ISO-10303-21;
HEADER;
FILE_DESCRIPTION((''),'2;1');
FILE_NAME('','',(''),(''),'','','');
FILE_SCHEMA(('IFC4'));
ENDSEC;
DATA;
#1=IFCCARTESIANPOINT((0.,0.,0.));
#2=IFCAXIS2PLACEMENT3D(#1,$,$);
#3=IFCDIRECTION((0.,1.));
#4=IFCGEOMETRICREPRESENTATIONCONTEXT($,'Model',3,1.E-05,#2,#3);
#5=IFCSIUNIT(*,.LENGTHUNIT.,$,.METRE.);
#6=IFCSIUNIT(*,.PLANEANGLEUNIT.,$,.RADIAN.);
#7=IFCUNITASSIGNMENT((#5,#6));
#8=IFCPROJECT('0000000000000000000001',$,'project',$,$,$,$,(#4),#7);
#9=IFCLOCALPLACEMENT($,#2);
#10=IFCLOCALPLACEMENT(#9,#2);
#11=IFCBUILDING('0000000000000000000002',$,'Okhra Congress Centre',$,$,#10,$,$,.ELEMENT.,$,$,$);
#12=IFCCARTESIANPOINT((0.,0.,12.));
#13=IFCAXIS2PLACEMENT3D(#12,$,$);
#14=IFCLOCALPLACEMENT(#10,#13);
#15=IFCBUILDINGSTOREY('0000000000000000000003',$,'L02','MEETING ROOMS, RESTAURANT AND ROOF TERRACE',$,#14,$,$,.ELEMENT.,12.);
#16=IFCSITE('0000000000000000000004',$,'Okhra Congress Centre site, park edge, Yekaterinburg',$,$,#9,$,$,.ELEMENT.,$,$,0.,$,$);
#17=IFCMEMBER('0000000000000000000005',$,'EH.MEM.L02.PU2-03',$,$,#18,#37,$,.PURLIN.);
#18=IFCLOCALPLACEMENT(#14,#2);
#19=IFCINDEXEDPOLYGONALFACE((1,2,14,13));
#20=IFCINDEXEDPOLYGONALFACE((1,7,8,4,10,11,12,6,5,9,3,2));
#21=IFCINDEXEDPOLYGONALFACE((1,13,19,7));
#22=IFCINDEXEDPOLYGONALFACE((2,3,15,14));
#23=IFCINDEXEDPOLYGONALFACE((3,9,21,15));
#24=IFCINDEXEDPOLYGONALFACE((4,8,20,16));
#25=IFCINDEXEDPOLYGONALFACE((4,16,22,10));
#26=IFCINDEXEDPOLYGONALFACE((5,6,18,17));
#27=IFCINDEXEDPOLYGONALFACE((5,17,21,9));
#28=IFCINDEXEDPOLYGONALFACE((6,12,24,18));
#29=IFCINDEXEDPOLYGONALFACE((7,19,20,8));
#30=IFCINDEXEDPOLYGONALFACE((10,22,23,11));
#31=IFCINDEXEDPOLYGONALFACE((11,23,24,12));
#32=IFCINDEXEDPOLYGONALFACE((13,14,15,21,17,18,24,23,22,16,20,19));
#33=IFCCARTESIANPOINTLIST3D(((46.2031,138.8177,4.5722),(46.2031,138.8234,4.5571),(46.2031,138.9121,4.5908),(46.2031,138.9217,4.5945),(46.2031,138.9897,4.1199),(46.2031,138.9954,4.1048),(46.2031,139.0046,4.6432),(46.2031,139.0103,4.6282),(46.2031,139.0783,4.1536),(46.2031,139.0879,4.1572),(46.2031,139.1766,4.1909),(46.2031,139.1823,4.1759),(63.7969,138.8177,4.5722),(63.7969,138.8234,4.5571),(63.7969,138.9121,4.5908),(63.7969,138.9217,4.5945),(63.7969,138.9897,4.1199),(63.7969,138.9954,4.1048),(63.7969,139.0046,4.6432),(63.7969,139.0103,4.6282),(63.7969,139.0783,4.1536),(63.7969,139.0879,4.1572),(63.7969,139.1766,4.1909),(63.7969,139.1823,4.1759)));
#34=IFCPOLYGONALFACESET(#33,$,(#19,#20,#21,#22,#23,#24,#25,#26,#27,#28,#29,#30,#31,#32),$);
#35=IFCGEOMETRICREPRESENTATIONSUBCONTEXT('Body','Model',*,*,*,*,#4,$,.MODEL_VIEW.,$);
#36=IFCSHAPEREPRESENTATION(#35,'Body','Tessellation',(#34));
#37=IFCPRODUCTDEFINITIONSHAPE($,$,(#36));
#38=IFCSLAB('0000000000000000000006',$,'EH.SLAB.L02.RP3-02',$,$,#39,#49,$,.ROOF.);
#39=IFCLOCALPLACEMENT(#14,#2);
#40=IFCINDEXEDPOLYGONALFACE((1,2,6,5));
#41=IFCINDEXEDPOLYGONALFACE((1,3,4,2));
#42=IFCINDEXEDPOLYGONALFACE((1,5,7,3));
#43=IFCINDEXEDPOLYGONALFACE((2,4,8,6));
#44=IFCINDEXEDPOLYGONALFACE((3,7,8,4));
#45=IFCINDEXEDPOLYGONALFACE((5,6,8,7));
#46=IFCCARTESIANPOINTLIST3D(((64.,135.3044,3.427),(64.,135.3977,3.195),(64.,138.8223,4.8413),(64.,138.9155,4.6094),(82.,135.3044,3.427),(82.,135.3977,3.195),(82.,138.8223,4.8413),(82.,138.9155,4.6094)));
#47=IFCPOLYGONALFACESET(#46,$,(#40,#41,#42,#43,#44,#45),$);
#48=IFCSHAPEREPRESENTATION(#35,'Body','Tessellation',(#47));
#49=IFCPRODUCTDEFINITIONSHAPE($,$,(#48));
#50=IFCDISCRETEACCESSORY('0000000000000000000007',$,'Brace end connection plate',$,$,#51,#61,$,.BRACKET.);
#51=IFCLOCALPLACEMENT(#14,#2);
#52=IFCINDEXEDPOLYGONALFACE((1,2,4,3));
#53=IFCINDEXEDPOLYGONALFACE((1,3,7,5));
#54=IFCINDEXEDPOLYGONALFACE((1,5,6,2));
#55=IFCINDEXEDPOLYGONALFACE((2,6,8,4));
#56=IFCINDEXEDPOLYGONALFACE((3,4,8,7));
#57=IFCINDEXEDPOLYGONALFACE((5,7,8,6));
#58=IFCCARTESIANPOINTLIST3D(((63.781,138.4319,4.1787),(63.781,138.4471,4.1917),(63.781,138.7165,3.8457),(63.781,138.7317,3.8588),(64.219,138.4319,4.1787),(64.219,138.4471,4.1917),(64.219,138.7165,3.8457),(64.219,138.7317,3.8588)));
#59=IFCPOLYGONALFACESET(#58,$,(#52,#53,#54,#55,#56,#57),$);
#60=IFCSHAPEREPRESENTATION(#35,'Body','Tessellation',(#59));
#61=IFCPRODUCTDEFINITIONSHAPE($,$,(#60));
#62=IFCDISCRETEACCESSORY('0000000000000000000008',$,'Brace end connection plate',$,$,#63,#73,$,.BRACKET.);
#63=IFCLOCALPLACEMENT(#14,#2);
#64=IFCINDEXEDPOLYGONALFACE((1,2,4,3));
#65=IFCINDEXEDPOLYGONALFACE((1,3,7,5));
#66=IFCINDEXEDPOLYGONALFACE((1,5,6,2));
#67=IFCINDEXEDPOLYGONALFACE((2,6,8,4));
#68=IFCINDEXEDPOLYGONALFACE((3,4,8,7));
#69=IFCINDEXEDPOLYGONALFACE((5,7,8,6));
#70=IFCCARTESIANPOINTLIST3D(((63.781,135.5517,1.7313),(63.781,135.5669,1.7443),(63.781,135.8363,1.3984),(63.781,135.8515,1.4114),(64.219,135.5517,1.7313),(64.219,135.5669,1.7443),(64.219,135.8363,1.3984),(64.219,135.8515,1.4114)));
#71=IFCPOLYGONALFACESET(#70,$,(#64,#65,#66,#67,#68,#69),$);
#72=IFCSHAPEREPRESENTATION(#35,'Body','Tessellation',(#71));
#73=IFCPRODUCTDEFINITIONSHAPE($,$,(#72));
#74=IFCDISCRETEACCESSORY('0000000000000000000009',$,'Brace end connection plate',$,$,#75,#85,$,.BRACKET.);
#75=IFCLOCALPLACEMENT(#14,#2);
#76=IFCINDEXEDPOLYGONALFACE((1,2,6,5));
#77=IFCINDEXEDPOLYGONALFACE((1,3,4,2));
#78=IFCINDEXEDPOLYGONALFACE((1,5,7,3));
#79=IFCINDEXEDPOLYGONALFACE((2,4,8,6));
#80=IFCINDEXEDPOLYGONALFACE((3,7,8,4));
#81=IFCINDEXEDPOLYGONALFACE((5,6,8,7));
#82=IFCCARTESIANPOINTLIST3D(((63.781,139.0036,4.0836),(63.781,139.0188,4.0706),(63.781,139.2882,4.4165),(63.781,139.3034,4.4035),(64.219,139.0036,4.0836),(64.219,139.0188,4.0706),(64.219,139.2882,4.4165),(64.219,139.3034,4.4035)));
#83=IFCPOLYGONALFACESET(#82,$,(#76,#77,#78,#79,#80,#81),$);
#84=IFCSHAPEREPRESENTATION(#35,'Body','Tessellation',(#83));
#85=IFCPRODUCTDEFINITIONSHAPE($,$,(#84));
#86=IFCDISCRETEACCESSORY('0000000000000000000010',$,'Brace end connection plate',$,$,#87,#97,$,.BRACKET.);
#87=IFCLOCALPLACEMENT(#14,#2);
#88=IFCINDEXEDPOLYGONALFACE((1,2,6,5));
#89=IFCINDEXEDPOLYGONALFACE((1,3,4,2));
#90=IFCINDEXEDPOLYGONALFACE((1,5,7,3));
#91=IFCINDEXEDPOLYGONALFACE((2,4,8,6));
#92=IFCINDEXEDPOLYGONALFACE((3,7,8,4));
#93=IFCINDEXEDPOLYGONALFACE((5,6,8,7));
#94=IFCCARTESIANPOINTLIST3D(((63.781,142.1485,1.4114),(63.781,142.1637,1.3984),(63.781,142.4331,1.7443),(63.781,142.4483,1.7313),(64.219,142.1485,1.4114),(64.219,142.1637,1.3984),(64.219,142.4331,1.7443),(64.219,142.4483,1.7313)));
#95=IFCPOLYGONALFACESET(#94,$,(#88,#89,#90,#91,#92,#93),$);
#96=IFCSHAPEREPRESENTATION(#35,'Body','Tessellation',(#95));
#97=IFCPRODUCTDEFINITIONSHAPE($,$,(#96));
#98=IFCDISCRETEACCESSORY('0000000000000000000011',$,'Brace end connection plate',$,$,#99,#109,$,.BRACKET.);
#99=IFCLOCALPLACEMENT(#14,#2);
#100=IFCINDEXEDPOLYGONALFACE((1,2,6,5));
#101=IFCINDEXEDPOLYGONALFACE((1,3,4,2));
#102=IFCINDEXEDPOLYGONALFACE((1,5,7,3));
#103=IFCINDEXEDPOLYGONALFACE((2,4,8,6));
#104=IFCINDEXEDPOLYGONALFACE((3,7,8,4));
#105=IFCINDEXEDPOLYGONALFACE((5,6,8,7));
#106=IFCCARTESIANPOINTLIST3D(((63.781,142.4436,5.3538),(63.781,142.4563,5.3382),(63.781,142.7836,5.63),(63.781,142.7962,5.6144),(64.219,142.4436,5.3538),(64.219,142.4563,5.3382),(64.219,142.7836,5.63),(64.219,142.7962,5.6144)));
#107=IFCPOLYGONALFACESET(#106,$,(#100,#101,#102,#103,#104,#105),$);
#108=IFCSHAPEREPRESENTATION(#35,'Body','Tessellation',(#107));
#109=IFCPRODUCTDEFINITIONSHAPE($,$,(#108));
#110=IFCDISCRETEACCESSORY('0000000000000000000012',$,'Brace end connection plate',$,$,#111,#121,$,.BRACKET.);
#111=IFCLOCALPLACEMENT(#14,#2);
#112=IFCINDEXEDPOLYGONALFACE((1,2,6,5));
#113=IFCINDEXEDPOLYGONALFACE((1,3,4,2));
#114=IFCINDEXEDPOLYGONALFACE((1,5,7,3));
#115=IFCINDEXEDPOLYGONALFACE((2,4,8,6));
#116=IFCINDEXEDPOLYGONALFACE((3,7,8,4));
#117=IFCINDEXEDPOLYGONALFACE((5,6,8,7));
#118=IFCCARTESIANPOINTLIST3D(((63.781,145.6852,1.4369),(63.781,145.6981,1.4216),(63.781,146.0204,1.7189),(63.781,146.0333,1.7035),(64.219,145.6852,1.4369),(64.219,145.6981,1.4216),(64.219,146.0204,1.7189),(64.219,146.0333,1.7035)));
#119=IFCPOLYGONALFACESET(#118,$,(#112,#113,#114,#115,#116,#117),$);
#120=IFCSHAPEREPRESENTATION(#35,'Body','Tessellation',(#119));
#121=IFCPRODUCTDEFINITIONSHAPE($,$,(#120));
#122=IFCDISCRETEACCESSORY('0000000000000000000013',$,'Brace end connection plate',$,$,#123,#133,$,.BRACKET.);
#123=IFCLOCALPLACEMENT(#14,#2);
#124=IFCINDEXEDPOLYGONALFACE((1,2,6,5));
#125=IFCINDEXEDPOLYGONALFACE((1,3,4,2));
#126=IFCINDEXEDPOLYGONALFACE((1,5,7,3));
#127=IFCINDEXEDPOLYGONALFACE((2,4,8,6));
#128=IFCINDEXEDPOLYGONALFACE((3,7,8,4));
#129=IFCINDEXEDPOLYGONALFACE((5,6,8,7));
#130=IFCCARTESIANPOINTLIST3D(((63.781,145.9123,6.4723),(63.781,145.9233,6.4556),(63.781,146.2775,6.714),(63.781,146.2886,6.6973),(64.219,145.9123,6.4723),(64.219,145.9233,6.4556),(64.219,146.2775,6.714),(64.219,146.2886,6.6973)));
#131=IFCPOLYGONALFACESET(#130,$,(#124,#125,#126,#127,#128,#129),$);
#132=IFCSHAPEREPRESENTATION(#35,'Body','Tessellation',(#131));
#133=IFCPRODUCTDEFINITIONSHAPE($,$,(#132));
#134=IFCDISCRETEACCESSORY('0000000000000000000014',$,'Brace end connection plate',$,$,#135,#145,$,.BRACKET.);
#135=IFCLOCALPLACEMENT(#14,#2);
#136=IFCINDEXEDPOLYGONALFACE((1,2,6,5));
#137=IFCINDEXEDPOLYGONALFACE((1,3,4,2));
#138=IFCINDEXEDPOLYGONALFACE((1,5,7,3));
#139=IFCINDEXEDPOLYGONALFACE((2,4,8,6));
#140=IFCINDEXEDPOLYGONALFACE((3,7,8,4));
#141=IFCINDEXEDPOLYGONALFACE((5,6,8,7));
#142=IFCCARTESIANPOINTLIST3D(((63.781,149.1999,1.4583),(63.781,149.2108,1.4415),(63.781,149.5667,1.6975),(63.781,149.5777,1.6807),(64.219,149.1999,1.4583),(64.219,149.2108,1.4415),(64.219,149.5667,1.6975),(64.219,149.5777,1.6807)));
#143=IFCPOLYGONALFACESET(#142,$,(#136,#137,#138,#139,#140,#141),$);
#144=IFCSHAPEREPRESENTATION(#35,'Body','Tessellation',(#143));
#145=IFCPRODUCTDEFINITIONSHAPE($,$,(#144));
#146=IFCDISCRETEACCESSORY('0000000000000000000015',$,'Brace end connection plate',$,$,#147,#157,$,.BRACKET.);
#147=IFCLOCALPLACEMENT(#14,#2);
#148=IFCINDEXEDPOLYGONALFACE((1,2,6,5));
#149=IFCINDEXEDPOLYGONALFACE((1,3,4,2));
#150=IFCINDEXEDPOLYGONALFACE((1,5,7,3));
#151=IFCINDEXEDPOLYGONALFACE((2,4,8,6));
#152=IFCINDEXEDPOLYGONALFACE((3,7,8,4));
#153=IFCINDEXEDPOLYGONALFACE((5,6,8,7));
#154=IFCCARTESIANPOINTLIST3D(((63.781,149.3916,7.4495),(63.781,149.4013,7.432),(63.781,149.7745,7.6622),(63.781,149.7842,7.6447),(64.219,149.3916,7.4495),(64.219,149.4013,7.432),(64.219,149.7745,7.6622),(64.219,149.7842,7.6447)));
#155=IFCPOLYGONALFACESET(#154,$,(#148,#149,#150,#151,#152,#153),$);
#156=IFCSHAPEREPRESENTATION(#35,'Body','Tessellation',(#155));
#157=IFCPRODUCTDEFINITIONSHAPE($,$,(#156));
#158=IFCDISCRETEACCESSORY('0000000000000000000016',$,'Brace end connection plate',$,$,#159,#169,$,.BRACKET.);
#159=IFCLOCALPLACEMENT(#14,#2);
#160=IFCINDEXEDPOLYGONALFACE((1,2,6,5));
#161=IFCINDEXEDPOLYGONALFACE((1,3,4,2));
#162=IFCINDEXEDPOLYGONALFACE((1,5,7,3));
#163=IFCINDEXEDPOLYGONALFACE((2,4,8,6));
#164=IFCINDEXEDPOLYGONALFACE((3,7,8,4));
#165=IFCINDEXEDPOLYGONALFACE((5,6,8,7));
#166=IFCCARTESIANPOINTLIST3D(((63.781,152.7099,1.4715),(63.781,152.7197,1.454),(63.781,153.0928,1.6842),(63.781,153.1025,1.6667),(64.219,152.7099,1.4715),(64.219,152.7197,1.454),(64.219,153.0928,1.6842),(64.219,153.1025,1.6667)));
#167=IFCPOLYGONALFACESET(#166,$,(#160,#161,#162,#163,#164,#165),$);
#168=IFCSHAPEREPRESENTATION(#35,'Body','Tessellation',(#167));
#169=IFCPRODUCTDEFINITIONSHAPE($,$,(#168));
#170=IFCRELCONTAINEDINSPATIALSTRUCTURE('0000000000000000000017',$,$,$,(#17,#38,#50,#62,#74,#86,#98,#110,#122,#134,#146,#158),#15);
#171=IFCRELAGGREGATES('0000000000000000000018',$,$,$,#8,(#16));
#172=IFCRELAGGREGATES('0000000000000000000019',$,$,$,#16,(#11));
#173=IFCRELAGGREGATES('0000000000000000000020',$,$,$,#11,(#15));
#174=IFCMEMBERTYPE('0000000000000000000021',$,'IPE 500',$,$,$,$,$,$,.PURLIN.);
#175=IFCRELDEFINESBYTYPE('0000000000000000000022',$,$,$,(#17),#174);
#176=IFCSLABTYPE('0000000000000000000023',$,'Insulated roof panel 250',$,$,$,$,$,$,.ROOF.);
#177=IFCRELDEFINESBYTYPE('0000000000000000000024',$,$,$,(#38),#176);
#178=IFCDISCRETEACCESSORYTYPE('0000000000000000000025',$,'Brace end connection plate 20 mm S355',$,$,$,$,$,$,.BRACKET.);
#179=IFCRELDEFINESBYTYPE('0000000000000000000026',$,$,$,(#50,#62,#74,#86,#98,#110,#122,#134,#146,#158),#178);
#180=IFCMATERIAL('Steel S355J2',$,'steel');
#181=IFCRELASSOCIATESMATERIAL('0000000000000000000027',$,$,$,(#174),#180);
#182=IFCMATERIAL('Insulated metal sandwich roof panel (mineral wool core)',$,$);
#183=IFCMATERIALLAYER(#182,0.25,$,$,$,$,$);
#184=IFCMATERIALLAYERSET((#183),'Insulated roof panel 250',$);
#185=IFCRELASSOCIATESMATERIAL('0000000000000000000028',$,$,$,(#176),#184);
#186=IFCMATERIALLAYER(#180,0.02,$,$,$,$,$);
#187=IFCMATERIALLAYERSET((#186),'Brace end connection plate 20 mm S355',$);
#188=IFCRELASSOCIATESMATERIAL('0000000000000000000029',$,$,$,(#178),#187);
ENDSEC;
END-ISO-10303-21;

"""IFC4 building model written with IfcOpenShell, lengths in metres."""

from ifc_helpers import new_model, si_unit, direction, frame, origin, origin_2d, place, context, subcontext, project, spatial, polyline, rectangle, i_section, outline, extrude, material, layer, layer_set, material_profile, profile_set, type_object, element, save


model = new_model("IFC4")

# Units and contexts
model_context = context("Model", 3, precision=1e-05, world=origin(), true_north=direction((0.0, 1.0)))
body_context = subcontext(model_context, "Body", "Model", "MODEL_VIEW")
ifc_project = project(units=[si_unit("LENGTHUNIT", "METRE"), si_unit("PLANEANGLEUNIT", "RADIAN")], contexts=[model_context])

# Site, building, storey
site_placement = place(None, origin())
site = spatial("IfcSite", under=ifc_project, at=site_placement, Name="Okhra Congress Centre site, park edge, Yekaterinburg", CompositionType="ELEMENT", RefElevation=0.0)
building_placement = place(site_placement, origin())
building = spatial("IfcBuilding", under=site, at=building_placement, Name="Okhra Congress Centre", CompositionType="ELEMENT")
storey_placement = place(building_placement, frame((0.0, 0.0, 12.0)))
storey = spatial("IfcBuildingStorey", under=building, at=storey_placement, Name="L02", Description="MEETING ROOMS, RESTAURANT AND ROOF TERRACE", CompositionType="ELEMENT", Elevation=12.0)

# Shared definitions
ifc_material_1 = material(Name="Steel S355J2", Category="steel")

# Member
ifc_material_profile_1 = material_profile(ifc_material_1, i_section(OverallWidth=0.2, OverallDepth=0.5, WebThickness=0.0103, FlangeThickness=0.0161, at=origin_2d()), Name="IPE 500")
ifc_profile_set_1 = profile_set([ifc_material_profile_1], Name="Steel S355J2")
member_type_1 = type_object("IfcMemberType", Name="IPE 500", PredefinedType="PURLIN", material=ifc_profile_set_1)
for number, where, z_axis, x_axis, name in (
    (1, (46.2031, 139.0, 4.374), (1.0, 0.0, 0.0), (0.0, 0.934733, 0.355351), "EH.MEM.L02.PU2-03"),
):
    element("IfcMember", number, at=place(storey_placement, frame(where, z_axis=z_axis, x_axis=x_axis)), inside=storey, type_object=member_type_1, Name=name, PredefinedType="PURLIN", context=body_context, shape_type="SweptSolid", body=[
        extrude(i_section(OverallWidth=0.2, OverallDepth=0.5, WebThickness=0.0103, FlangeThickness=0.0161, at=origin_2d()), origin(), (0.0, 0.0, 1.0), 17.5938),
    ])

# Slab
ifc_material_2 = material(Name="Insulated metal sandwich roof panel (mineral wool core)")
ifc_layer_1 = layer(ifc_material_2, 0.25)
ifc_layer_set_1 = layer_set([ifc_layer_1], Name="Insulated roof panel 250")
slab_type = type_object("IfcSlabType", Name="Insulated roof panel 250", PredefinedType="ROOF", material=ifc_layer_set_1)
slab_placement = place(storey_placement, frame((64.0, 135.3044, 3.427), z_axis=(0.0, -0.373022, 0.927822), x_axis=(1.0, 0.0, 0.0)))
element("IfcSlab", 2, at=slab_placement, inside=storey, type_object=slab_type, Name="EH.SLAB.L02.RP3-02", PredefinedType="ROOF", context=body_context, shape_type="SweptSolid", body=[
    extrude(outline(polyline([(0.0, 0.0), (18.0, 0.0), (18.0, 3.7915), (0.0, 3.7915), (0.0, 0.0)])), origin(), (0.0, 0.0, -1.0), 0.25),
])

# Discrete accessories
ifc_layer_2 = layer(ifc_material_1, 0.02)
ifc_layer_set_2 = layer_set([ifc_layer_2], Name="Brace end connection plate 20 mm S355")
discrete_accessory_type = type_object("IfcDiscreteAccessoryType", Name="Brace end connection plate 20 mm S355", PredefinedType="BRACKET", material=ifc_layer_set_2)
for number, where, z_axis, x_axis, name in (
    (3, (64.0, 138.5742, 4.0122), (0.0, 0.760121, 0.649781), (-1.0, 0.0, 0.0), "Brace end connection plate"),
    (4, (64.0, 135.7092, 1.5779), (0.0, -0.760121, -0.649781), (1.0, 0.0, 0.0), "Brace end connection plate"),
    (5, (64.0, 139.1611, 4.2371), (0.0, -0.760121, 0.649781), (1.0, 0.0, 0.0), "Brace end connection plate"),
    (6, (64.0, 142.2908, 1.5779), (0.0, 0.760121, -0.649781), (-1.0, 0.0, 0.0), "Brace end connection plate"),
    (7, (64.0, 142.6262, 5.4763), (0.0, -0.630593, 0.776114), (1.0, 0.0, 0.0), "Brace end connection plate"),
    (8, (64.0, 145.8528, 1.5779), (0.0, 0.643762, -0.765226), (-1.0, 0.0, 0.0), "Brace end connection plate"),
    (9, (64.0, 146.106, 6.5764), (0.0, -0.551867, 0.833932), (1.0, 0.0, 0.0), "Brace end connection plate"),
    (10, (64.0, 149.3833, 1.5779), (0.0, 0.546268, -0.837611), (-1.0, 0.0, 0.0), "Brace end connection plate"),
    (11, (64.0, 149.5928, 7.5383), (0.0, -0.485643, 0.874157), (1.0, 0.0, 0.0), "Brace end connection plate"),
    (12, (64.0, 152.9014, 1.5779), (0.0, 0.485643, -0.874157), (-1.0, 0.0, 0.0), "Brace end connection plate"),
):
    element("IfcDiscreteAccessory", number, at=place(storey_placement, frame(where, z_axis=z_axis, x_axis=x_axis)), inside=storey, type_object=discrete_accessory_type, Name=name, PredefinedType="BRACKET", context=body_context, shape_type="SweptSolid", body=[
        extrude(rectangle(XDim=0.438, YDim=0.438, at=origin_2d()), origin(), (0.0, 0.0, 1.0), 0.02),
    ])

save(model, "model.ifc")
